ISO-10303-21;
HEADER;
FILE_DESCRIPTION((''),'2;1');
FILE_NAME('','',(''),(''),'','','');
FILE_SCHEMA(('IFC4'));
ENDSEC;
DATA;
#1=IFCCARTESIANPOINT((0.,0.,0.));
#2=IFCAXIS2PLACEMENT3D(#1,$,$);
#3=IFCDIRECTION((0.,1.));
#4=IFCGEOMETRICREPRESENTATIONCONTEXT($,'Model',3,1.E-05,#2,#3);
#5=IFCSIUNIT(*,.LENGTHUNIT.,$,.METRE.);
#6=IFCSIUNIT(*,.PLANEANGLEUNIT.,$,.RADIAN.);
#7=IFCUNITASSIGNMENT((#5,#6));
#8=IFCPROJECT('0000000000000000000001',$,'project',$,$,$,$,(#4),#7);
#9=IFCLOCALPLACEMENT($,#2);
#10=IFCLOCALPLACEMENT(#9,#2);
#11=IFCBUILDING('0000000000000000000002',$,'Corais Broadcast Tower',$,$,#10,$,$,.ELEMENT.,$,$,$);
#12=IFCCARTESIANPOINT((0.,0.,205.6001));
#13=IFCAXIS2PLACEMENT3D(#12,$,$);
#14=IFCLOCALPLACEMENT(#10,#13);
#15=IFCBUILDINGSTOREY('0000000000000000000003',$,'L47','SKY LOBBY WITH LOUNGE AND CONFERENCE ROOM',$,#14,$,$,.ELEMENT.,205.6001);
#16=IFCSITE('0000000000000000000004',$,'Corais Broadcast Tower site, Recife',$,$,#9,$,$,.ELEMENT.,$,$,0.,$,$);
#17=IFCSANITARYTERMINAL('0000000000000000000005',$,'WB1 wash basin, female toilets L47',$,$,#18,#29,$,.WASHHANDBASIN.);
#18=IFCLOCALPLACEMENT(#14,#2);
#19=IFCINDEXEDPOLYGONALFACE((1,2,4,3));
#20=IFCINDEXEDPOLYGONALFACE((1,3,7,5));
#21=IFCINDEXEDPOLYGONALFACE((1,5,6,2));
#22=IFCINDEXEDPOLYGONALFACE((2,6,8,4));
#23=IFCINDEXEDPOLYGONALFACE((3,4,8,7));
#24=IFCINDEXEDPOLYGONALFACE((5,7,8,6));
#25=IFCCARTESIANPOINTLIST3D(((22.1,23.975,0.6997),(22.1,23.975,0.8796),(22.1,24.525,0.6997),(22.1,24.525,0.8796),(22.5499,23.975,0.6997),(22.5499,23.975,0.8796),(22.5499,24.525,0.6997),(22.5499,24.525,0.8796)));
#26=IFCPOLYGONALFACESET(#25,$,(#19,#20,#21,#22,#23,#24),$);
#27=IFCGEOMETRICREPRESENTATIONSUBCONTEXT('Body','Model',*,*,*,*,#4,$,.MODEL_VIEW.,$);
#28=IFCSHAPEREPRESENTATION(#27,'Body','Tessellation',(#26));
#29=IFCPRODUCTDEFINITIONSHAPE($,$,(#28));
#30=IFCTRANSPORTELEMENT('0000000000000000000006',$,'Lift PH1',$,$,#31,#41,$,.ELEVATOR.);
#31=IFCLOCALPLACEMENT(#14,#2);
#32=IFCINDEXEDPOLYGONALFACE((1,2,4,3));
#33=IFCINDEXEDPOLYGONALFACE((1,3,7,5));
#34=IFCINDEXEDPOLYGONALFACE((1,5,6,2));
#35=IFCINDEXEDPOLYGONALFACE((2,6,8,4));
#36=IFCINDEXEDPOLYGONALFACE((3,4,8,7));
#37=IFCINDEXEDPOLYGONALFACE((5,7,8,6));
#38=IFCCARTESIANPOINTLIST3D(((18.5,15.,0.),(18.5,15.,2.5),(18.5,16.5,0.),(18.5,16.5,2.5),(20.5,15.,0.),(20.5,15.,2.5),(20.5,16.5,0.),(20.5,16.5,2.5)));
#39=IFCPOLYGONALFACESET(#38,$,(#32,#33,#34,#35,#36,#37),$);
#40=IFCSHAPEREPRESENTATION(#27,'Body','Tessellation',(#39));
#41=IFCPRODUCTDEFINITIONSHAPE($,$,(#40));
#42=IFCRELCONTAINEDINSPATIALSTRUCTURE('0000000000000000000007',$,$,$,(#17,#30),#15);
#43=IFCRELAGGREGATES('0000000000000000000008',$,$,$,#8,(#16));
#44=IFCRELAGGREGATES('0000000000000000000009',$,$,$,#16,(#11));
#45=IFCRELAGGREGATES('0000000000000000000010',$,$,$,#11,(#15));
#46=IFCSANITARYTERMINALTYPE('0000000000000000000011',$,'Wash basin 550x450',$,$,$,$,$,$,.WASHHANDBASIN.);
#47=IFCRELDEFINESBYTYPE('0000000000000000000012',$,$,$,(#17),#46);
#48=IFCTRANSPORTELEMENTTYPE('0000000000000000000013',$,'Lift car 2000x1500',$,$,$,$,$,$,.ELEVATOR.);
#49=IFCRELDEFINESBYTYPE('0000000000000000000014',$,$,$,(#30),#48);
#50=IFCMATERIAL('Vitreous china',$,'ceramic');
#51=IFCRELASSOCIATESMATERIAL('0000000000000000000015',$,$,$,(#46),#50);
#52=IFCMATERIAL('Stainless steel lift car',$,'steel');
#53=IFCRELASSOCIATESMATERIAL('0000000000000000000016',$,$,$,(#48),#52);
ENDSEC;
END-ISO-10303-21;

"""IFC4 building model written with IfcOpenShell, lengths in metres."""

from ifc_helpers import new_model, si_unit, direction, frame, origin, origin_2d, place, context, subcontext, project, spatial, rectangle, extrude, material, type_object, element, save


model = new_model("IFC4")

# Units and contexts
model_context = context("Model", 3, precision=1e-05, world=origin(), true_north=direction((0.0, 1.0)))
body_context = subcontext(model_context, "Body", "Model", "MODEL_VIEW")
ifc_project = project(units=[si_unit("LENGTHUNIT", "METRE"), si_unit("PLANEANGLEUNIT", "RADIAN")], contexts=[model_context])

# Site, building, storey
site_placement = place(None, origin())
site = spatial("IfcSite", under=ifc_project, at=site_placement, Name="Corais Broadcast Tower site, Recife", CompositionType="ELEMENT", RefElevation=0.0)
building_placement = place(site_placement, origin())
building = spatial("IfcBuilding", under=site, at=building_placement, Name="Corais Broadcast Tower", CompositionType="ELEMENT")
storey_placement = place(building_placement, frame((0.0, 0.0, 205.6001)))
storey = spatial("IfcBuildingStorey", under=building, at=storey_placement, Name="L47", Description="SKY LOBBY WITH LOUNGE AND CONFERENCE ROOM", CompositionType="ELEMENT", Elevation=205.6001)

# Sanitary terminal
ifc_material_1 = material(Name="Vitreous china", Category="ceramic")
sanitary_terminal_type = type_object("IfcSanitaryTerminalType", Name="Wash basin 550x450", PredefinedType="WASHHANDBASIN", material=ifc_material_1)
for number, where, z_axis, x_axis, name in (
    (1, (22.325, 24.25, 0.6997), (0.0, 0.0, 1.0), (1.0, 0.0, 0.0), "WB1 wash basin, female toilets L47"),
):
    element("IfcSanitaryTerminal", number, at=place(storey_placement, frame(where, z_axis=z_axis, x_axis=x_axis)), inside=storey, type_object=sanitary_terminal_type, Name=name, PredefinedType="WASHHANDBASIN", context=body_context, shape_type="SweptSolid", body=[
        extrude(rectangle(XDim=0.45, YDim=0.55, at=origin_2d()), origin(), (0.0, 0.0, 1.0), 0.1799),
    ])

# Transport element
ifc_material_2 = material(Name="Stainless steel lift car", Category="steel")
transport_element_type = type_object("IfcTransportElementType", Name="Lift car 2000x1500", PredefinedType="ELEVATOR", material=ifc_material_2)
transport_element_placement = place(storey_placement, frame((19.5, 15.75, 0.0), z_axis=(0.0, 0.0, 1.0), x_axis=(1.0, 0.0, 0.0)))
element("IfcTransportElement", 2, at=transport_element_placement, inside=storey, type_object=transport_element_type, Name="Lift PH1", PredefinedType="ELEVATOR", context=body_context, shape_type="SweptSolid", body=[
    extrude(rectangle(XDim=2.0, YDim=1.5, at=origin_2d()), origin(), (0.0, 0.0, 1.0), 2.5),
])

save(model, "model.ifc")
